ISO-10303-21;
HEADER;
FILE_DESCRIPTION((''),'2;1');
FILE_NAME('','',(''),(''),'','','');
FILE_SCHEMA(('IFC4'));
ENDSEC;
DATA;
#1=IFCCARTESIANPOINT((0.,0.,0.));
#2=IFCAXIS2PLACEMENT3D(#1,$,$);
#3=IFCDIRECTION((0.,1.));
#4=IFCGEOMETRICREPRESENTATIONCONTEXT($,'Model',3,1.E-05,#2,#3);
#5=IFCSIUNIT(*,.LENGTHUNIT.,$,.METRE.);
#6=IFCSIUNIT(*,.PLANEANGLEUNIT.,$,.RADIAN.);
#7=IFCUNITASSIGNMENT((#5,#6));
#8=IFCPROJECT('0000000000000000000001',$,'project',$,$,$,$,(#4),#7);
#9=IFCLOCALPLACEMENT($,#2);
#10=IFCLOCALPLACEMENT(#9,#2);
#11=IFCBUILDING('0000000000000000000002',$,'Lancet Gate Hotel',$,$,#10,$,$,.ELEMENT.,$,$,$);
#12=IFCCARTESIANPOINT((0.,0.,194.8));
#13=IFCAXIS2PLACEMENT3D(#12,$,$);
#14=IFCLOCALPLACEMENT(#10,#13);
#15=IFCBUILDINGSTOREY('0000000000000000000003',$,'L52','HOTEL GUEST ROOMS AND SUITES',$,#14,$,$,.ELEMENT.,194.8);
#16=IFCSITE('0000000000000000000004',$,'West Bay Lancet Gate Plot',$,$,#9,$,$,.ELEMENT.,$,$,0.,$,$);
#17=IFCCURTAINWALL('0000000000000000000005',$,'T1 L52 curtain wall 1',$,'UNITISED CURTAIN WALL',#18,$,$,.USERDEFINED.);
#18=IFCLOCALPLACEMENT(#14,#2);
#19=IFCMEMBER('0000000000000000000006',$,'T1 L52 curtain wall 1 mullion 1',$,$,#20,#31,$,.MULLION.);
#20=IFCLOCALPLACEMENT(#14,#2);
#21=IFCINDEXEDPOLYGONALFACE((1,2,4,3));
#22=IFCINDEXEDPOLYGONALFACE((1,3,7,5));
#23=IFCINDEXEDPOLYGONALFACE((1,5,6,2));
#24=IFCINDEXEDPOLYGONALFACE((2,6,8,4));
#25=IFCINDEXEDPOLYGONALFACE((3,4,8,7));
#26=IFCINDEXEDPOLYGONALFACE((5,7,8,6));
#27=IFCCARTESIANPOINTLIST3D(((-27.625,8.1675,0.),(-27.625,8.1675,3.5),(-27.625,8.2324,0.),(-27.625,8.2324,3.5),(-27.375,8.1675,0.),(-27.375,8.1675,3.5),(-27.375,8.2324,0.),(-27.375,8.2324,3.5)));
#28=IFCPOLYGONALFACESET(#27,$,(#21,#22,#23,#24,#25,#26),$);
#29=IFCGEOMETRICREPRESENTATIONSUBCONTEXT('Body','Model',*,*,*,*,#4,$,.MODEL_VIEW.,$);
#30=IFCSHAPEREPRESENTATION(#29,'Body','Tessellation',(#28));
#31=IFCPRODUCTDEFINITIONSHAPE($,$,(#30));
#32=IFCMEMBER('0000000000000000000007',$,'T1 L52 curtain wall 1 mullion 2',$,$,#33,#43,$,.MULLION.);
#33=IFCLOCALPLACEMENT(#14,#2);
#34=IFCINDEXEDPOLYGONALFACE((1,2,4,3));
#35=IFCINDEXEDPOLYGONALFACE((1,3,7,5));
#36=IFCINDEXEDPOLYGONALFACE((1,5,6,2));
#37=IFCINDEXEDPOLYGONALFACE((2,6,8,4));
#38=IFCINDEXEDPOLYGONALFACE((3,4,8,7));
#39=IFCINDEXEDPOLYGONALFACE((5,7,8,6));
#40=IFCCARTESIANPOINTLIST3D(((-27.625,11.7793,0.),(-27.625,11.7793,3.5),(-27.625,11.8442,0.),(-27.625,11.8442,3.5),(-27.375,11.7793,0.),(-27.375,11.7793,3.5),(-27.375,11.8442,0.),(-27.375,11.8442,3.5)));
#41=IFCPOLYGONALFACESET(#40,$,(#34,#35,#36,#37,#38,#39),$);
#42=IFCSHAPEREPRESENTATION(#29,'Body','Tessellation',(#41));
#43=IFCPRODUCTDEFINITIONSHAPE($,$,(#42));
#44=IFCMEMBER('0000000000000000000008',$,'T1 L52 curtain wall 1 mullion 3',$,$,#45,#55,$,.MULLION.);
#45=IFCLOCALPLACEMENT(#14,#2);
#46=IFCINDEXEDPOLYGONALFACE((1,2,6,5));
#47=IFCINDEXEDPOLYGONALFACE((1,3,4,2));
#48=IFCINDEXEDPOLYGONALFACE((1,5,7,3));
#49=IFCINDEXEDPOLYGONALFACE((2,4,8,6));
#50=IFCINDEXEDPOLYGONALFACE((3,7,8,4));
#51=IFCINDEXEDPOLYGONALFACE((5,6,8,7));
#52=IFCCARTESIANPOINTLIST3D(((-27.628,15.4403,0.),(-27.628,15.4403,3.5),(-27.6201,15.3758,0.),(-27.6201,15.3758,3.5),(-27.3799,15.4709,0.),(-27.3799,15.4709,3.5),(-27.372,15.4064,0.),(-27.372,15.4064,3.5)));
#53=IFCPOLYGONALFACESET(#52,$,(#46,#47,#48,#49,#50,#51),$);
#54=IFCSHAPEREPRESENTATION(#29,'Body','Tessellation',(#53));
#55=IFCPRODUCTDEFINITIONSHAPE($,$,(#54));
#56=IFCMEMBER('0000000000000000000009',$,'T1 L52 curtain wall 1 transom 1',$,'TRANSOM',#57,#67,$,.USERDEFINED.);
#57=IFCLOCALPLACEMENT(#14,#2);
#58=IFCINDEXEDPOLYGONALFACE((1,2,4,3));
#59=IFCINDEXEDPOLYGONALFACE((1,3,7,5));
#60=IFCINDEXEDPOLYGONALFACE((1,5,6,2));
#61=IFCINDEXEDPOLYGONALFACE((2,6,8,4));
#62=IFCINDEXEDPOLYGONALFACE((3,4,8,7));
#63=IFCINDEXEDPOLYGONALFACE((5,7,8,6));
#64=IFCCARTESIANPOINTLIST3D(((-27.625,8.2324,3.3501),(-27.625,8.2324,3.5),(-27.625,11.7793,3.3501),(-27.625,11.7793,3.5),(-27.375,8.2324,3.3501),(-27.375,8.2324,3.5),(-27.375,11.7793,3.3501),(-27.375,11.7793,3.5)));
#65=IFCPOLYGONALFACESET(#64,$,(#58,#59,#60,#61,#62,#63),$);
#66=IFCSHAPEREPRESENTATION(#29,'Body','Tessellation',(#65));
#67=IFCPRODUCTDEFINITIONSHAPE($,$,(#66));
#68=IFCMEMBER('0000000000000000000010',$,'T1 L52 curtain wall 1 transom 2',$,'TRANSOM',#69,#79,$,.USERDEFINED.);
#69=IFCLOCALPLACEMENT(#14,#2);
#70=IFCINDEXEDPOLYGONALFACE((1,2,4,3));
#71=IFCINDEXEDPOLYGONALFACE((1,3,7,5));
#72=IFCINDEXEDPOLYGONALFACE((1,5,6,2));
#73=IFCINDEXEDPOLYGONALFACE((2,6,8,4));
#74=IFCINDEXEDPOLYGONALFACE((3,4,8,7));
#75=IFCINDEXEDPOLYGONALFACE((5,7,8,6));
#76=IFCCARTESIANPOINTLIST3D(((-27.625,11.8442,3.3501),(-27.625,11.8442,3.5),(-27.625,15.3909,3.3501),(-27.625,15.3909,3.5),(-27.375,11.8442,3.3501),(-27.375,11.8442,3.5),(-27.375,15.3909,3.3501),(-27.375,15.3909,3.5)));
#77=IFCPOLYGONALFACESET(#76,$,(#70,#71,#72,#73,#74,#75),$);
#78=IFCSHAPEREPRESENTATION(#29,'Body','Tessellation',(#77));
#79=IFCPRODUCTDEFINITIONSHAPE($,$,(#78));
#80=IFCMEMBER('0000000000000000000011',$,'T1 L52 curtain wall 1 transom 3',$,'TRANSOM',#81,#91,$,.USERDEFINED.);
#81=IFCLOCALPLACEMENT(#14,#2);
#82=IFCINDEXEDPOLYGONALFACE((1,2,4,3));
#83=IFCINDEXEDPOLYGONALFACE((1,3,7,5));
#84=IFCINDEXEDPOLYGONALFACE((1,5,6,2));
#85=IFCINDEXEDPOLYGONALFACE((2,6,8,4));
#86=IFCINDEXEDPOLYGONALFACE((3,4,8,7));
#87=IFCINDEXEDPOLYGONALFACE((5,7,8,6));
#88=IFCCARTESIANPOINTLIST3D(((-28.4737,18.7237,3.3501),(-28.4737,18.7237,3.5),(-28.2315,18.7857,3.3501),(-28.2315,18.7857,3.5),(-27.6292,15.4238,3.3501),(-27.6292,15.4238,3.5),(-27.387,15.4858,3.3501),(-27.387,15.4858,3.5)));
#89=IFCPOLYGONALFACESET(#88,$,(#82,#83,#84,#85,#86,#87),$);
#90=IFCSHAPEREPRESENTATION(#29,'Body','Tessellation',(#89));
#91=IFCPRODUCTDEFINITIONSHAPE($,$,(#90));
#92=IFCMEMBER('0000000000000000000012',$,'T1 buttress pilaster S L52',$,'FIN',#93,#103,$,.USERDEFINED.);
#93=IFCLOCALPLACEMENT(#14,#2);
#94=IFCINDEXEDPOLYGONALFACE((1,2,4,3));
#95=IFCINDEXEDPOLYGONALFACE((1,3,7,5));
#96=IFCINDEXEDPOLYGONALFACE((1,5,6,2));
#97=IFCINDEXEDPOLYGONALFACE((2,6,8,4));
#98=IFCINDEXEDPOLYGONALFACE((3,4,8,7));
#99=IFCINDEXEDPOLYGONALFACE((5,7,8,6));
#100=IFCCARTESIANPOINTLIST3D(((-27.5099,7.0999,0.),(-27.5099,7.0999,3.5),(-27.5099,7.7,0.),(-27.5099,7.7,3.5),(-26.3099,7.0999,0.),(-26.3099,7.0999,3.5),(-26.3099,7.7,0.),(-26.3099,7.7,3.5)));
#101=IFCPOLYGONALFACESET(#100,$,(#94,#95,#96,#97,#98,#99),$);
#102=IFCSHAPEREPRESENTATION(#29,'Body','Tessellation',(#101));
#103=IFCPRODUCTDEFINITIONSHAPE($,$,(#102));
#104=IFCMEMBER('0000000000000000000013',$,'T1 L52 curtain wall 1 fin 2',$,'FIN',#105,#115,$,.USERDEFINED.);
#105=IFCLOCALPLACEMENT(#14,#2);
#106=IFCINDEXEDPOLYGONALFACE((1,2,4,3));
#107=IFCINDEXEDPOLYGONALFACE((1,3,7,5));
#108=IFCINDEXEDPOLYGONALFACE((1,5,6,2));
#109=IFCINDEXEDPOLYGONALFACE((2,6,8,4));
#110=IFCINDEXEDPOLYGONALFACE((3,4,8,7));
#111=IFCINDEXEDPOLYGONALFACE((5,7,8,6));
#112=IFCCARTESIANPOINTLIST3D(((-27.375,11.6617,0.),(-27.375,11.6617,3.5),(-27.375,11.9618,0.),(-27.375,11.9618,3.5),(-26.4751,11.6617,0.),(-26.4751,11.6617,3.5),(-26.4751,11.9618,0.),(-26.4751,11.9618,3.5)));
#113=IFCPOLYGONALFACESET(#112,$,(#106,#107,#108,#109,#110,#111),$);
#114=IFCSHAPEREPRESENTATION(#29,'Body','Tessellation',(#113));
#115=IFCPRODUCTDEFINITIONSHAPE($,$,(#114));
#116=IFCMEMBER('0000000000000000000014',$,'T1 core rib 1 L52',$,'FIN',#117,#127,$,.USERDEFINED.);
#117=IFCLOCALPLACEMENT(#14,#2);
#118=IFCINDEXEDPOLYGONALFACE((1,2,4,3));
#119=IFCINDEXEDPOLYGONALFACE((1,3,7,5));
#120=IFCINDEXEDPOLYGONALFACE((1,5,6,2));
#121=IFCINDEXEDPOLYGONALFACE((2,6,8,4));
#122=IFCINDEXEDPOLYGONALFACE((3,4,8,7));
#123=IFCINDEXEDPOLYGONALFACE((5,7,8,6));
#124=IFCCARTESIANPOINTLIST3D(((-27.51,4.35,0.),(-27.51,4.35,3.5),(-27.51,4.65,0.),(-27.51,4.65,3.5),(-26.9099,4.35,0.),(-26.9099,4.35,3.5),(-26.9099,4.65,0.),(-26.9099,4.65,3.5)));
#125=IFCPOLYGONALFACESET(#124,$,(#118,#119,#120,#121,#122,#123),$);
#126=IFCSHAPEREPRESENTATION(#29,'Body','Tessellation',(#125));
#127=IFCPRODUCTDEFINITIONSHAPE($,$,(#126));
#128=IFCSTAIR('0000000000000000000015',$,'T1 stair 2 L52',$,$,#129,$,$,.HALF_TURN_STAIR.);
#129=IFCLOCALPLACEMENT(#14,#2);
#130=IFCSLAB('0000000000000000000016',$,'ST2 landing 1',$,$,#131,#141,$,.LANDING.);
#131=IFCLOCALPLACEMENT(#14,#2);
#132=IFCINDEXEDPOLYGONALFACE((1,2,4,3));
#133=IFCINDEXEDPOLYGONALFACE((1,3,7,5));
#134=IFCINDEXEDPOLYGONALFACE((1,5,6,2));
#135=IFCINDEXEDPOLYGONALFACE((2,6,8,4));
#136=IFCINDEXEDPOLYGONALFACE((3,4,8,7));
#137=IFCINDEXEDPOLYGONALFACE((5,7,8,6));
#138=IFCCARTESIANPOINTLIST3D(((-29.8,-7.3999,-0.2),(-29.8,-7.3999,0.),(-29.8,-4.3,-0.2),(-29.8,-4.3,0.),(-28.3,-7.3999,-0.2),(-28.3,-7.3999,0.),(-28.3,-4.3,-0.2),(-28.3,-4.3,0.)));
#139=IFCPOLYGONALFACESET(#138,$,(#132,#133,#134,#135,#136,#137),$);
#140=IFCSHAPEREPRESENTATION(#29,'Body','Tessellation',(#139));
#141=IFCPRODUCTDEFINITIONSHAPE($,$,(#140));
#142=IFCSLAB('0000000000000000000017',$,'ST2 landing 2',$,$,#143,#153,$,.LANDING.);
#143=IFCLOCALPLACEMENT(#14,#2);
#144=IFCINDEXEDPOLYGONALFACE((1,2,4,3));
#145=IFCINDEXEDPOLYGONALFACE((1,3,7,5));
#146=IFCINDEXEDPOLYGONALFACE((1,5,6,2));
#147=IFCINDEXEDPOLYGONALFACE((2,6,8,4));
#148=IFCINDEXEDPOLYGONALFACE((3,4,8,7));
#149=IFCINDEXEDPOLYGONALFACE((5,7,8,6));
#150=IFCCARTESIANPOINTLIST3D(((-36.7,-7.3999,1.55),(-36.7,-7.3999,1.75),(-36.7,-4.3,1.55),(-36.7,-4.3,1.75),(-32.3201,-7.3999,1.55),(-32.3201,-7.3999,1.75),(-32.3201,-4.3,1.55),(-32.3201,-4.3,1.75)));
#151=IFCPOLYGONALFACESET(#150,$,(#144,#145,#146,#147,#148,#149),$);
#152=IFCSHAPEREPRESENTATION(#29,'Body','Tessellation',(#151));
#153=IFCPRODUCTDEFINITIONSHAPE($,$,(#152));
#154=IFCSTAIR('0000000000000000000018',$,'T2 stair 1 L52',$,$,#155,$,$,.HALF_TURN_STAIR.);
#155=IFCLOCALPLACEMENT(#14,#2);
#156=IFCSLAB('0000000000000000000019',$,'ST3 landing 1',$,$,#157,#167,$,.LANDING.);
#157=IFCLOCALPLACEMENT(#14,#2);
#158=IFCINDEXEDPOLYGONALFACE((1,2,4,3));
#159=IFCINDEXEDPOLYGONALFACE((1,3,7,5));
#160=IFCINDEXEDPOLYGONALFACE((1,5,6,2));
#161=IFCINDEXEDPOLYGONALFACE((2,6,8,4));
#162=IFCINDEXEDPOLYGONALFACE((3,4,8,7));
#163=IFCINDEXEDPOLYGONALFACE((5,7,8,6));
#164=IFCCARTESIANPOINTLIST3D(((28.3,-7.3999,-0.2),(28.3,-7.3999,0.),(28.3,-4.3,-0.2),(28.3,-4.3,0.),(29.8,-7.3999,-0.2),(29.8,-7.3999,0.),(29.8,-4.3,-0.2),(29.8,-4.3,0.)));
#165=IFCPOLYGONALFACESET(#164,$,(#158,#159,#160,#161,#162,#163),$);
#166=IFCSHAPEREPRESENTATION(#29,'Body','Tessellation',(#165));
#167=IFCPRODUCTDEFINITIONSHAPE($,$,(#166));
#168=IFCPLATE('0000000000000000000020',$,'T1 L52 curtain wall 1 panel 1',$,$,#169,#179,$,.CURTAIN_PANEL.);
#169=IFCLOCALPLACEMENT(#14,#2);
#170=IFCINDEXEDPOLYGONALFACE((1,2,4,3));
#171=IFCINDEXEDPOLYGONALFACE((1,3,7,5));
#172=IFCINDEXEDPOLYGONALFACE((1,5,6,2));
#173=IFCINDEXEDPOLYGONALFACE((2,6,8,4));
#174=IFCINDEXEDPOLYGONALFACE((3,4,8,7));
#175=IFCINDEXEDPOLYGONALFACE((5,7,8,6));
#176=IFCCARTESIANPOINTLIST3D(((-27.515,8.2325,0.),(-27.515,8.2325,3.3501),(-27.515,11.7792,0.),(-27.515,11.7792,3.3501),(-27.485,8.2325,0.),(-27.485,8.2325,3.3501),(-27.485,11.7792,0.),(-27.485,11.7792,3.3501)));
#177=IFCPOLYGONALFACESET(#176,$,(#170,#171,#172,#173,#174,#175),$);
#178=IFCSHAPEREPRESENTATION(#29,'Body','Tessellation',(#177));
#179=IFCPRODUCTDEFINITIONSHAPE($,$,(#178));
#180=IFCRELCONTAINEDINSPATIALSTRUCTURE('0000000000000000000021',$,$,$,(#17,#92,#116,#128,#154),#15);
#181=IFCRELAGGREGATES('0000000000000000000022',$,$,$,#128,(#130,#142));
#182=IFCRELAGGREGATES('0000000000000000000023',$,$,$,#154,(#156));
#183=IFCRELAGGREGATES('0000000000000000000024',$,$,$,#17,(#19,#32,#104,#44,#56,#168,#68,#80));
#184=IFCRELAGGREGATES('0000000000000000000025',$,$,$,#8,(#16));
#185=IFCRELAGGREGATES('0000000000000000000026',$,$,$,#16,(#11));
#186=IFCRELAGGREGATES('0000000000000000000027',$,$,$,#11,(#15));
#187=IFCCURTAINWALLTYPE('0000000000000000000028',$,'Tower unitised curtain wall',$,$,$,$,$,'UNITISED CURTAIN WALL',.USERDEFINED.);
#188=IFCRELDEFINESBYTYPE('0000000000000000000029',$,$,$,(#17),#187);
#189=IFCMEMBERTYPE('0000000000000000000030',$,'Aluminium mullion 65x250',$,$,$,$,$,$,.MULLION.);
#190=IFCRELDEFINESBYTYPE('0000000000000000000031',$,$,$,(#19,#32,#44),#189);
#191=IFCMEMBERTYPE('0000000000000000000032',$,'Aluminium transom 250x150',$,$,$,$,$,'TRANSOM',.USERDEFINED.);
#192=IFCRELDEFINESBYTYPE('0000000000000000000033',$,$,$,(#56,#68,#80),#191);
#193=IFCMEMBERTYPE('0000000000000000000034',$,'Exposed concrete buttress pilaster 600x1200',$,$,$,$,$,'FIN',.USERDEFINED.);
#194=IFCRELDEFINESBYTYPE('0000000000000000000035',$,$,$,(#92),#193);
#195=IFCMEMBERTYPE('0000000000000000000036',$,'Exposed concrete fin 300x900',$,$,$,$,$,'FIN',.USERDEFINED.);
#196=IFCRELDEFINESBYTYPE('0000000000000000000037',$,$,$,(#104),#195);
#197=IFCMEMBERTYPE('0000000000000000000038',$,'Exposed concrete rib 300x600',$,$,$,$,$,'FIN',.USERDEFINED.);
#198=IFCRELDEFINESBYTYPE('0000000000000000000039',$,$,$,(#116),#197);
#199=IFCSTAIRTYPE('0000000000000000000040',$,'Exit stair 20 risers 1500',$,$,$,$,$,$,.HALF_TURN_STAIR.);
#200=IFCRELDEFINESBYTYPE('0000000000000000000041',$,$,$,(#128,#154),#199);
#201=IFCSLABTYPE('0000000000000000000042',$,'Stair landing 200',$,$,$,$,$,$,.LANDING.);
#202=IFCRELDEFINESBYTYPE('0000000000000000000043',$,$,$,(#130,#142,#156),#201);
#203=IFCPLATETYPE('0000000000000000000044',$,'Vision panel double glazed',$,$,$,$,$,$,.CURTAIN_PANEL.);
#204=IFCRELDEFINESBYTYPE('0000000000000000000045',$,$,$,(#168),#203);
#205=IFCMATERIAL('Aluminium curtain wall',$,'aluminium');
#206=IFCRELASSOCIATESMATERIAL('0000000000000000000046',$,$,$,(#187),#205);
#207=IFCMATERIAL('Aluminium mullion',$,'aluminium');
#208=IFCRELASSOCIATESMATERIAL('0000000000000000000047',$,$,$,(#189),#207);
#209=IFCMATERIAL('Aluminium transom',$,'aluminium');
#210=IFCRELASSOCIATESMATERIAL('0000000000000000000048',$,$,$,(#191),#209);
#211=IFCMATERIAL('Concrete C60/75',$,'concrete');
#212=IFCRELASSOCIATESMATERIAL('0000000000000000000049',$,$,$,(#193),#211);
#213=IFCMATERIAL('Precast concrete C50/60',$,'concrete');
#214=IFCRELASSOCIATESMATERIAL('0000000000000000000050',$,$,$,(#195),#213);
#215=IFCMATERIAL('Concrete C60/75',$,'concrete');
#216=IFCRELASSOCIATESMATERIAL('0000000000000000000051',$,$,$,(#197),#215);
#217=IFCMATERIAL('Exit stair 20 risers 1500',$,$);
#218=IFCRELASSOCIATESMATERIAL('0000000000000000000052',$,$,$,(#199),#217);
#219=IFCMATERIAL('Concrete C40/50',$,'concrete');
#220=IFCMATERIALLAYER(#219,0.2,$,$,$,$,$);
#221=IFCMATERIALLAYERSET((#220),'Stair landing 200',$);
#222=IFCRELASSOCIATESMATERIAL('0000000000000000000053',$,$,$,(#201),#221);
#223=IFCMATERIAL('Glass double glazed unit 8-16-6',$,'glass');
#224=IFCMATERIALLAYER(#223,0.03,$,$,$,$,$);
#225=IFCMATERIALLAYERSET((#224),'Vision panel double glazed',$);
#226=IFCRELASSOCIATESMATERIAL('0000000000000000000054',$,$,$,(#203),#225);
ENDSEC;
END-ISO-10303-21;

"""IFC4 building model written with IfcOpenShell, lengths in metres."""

from ifc_helpers import new_model, si_unit, direction, frame, origin, origin_2d, place, context, subcontext, project, spatial, polyline, rectangle, outline, extrude, material, layer, layer_set, material_profile, profile_set, type_object, element, aggregate, save


model = new_model("IFC4")

# Units and contexts
model_context = context("Model", 3, precision=1e-05, world=origin(), true_north=direction((0.0, 1.0)))
body_context = subcontext(model_context, "Body", "Model", "MODEL_VIEW")
ifc_project = project(units=[si_unit("LENGTHUNIT", "METRE"), si_unit("PLANEANGLEUNIT", "RADIAN")], contexts=[model_context])

# Site, building, storey
site_placement = place(None, origin())
site = spatial("IfcSite", under=ifc_project, at=site_placement, Name="West Bay Lancet Gate Plot", CompositionType="ELEMENT", RefElevation=0.0)
building_placement = place(site_placement, origin())
building = spatial("IfcBuilding", under=site, at=building_placement, Name="Lancet Gate Hotel", CompositionType="ELEMENT")
storey_placement = place(building_placement, frame((0.0, 0.0, 194.8)))
storey = spatial("IfcBuildingStorey", under=building, at=storey_placement, Name="L52", Description="HOTEL GUEST ROOMS AND SUITES", CompositionType="ELEMENT", Elevation=194.8)

# Curtain wall, members
ifc_material_1 = material(Name="Aluminium curtain wall", Category="aluminium")
curtain_wall_type = type_object("IfcCurtainWallType", Name="Tower unitised curtain wall", ElementType="UNITISED CURTAIN WALL", PredefinedType="USERDEFINED", material=ifc_material_1)
curtain_wall_placement = place(storey_placement, origin())
curtain_wall = element("IfcCurtainWall", 1, at=curtain_wall_placement, inside=storey, type_object=curtain_wall_type, Name="T1 L52 curtain wall 1", ObjectType="UNITISED CURTAIN WALL", PredefinedType="USERDEFINED")
ifc_material_2 = material(Name="Aluminium mullion", Category="aluminium")
ifc_material_profile_1 = material_profile(ifc_material_2, rectangle(XDim=0.0649, YDim=0.25, at=origin_2d()), Name="MULLION 65x250")
ifc_profile_set_1 = profile_set([ifc_material_profile_1], Name="Aluminium mullion")
member_type_1 = type_object("IfcMemberType", Name="Aluminium mullion 65x250", PredefinedType="MULLION", material=ifc_profile_set_1)
member_1_placement = place(storey_placement, frame((-27.5, 8.2, 0.0), z_axis=(0.0, 0.0, 1.0), x_axis=(0.0, 1.0, 0.0)))
member_1 = element("IfcMember", 2, at=member_1_placement, type_object=member_type_1, Name="T1 L52 curtain wall 1 mullion 1", PredefinedType="MULLION", context=body_context, shape_type="SweptSolid", body=[
    extrude(rectangle(XDim=0.0649, YDim=0.25, at=origin_2d()), origin(), (0.0, 0.0, 1.0), 3.5),
])
member_2_placement = place(storey_placement, frame((-27.5, 11.8118, 0.0), z_axis=(0.0, 0.0, 1.0), x_axis=(0.0, 1.0, 0.0)))
member_2 = element("IfcMember", 3, at=member_2_placement, type_object=member_type_1, Name="T1 L52 curtain wall 1 mullion 2", PredefinedType="MULLION", context=body_context, shape_type="SweptSolid", body=[
    extrude(rectangle(XDim=0.0649, YDim=0.25, at=origin_2d()), origin(), (0.0, 0.0, 1.0), 3.5),
])
member_3_placement = place(storey_placement, frame((-27.5, 15.4233, 0.0), z_axis=(0.0, 0.0, 1.0), x_axis=(-0.122467, 0.992473, 0.0)))
member_3 = element("IfcMember", 4, at=member_3_placement, type_object=member_type_1, Name="T1 L52 curtain wall 1 mullion 3", PredefinedType="MULLION", context=body_context, shape_type="SweptSolid", body=[
    extrude(rectangle(XDim=0.0649, YDim=0.25, at=origin_2d()), origin(), (0.0, 0.0, 1.0), 3.5),
])
ifc_material_3 = material(Name="Aluminium transom", Category="aluminium")
ifc_material_profile_2 = material_profile(ifc_material_3, rectangle(XDim=0.25, YDim=0.1499, at=origin_2d()), Name="TRANSOM 250x150")
ifc_profile_set_2 = profile_set([ifc_material_profile_2], Name="Aluminium transom")
member_type_2 = type_object("IfcMemberType", Name="Aluminium transom 250x150", ElementType="TRANSOM", PredefinedType="USERDEFINED", material=ifc_profile_set_2)
member_4_placement = place(storey_placement, frame((-27.5, 8.2324, 3.425), z_axis=(0.0, 1.0, 0.0), x_axis=(-1.0, 0.0, 0.0)))
member_4 = element("IfcMember", 5, at=member_4_placement, type_object=member_type_2, Name="T1 L52 curtain wall 1 transom 1", ObjectType="TRANSOM", PredefinedType="USERDEFINED", context=body_context, shape_type="SweptSolid", body=[
    extrude(rectangle(XDim=0.25, YDim=0.1499, at=origin_2d()), origin(), (0.0, 0.0, 1.0), 3.5469),
])
member_5_placement = place(storey_placement, frame((-27.5, 11.8442, 3.425), z_axis=(0.0, 1.0, 0.0), x_axis=(-1.0, 0.0, 0.0)))
member_5 = element("IfcMember", 6, at=member_5_placement, type_object=member_type_2, Name="T1 L52 curtain wall 1 transom 2", ObjectType="TRANSOM", PredefinedType="USERDEFINED", context=body_context, shape_type="SweptSolid", body=[
    extrude(rectangle(XDim=0.25, YDim=0.1499, at=origin_2d()), origin(), (0.0, 0.0, 1.0), 3.5466),
])
member_6_placement = place(storey_placement, frame((-27.5081, 15.4548, 3.425), z_axis=(-0.247929, 0.968778, 0.0), x_axis=(-0.968778, -0.247929, 0.0)))
member_6 = element("IfcMember", 7, at=member_6_placement, type_object=member_type_2, Name="T1 L52 curtain wall 1 transom 3", ObjectType="TRANSOM", PredefinedType="USERDEFINED", context=body_context, shape_type="SweptSolid", body=[
    extrude(rectangle(XDim=0.25, YDim=0.1499, at=origin_2d()), origin(), (0.0, 0.0, 1.0), 3.4062),
])

# Members
ifc_material_4 = material(Name="Concrete C60/75", Category="concrete")
ifc_material_profile_3 = material_profile(ifc_material_4, rectangle(XDim=0.6001, YDim=1.2, at=origin_2d()), Name="FIN 600x1200")
ifc_profile_set_3 = profile_set([ifc_material_profile_3], Name="Concrete C60/75")
member_type_3 = type_object("IfcMemberType", Name="Exposed concrete buttress pilaster 600x1200", ElementType="FIN", PredefinedType="USERDEFINED", material=ifc_profile_set_3)
member_7_placement = place(storey_placement, frame((-26.9099, 7.3999, 0.0), z_axis=(0.0, 0.0, 1.0), x_axis=(0.0, 1.0, 0.0)))
element("IfcMember", 8, at=member_7_placement, inside=storey, type_object=member_type_3, Name="T1 buttress pilaster S L52", ObjectType="FIN", PredefinedType="USERDEFINED", context=body_context, shape_type="SweptSolid", body=[
    extrude(rectangle(XDim=0.6001, YDim=1.2, at=origin_2d()), origin(), (0.0, 0.0, 1.0), 3.5),
])
ifc_material_5 = material(Name="Precast concrete C50/60", Category="concrete")
ifc_material_profile_4 = material_profile(ifc_material_5, rectangle(XDim=0.3, YDim=0.8999, at=origin_2d()), Name="FIN 300x900")
ifc_profile_set_4 = profile_set([ifc_material_profile_4], Name="Precast concrete C50/60")
member_type_4 = type_object("IfcMemberType", Name="Exposed concrete fin 300x900", ElementType="FIN", PredefinedType="USERDEFINED", material=ifc_profile_set_4)
member_8_placement = place(storey_placement, frame((-26.925, 11.8118, 0.0), z_axis=(0.0, 0.0, 1.0), x_axis=(0.0, 1.0, 0.0)))
member_8 = element("IfcMember", 9, at=member_8_placement, type_object=member_type_4, Name="T1 L52 curtain wall 1 fin 2", ObjectType="FIN", PredefinedType="USERDEFINED", context=body_context, shape_type="SweptSolid", body=[
    extrude(rectangle(XDim=0.3, YDim=0.8999, at=origin_2d()), origin(), (0.0, 0.0, 1.0), 3.5),
])
ifc_material_6 = material(Name="Concrete C60/75", Category="concrete")
ifc_material_profile_5 = material_profile(ifc_material_6, rectangle(XDim=0.3, YDim=0.6001, at=origin_2d()), Name="FIN 300x600")
ifc_profile_set_5 = profile_set([ifc_material_profile_5], Name="Concrete C60/75")
member_type_5 = type_object("IfcMemberType", Name="Exposed concrete rib 300x600", ElementType="FIN", PredefinedType="USERDEFINED", material=ifc_profile_set_5)
member_9_placement = place(storey_placement, frame((-27.21, 4.5, 0.0), z_axis=(0.0, 0.0, 1.0), x_axis=(0.0, 1.0, 0.0)))
element("IfcMember", 10, at=member_9_placement, inside=storey, type_object=member_type_5, Name="T1 core rib 1 L52", ObjectType="FIN", PredefinedType="USERDEFINED", context=body_context, shape_type="SweptSolid", body=[
    extrude(rectangle(XDim=0.3, YDim=0.6001, at=origin_2d()), origin(), (0.0, 0.0, 1.0), 3.5),
])

# Stair, slabs
ifc_material_7 = material(Name="Exit stair 20 risers 1500")
stair_type = type_object("IfcStairType", Name="Exit stair 20 risers 1500", PredefinedType="HALF_TURN_STAIR", material=ifc_material_7)
stair_1_placement = place(storey_placement, origin())
stair_1 = element("IfcStair", 11, at=stair_1_placement, inside=storey, type_object=stair_type, Name="T1 stair 2 L52", PredefinedType="HALF_TURN_STAIR")
ifc_material_8 = material(Name="Concrete C40/50", Category="concrete")
ifc_layer_1 = layer(ifc_material_8, 0.2)
ifc_layer_set_1 = layer_set([ifc_layer_1], Name="Stair landing 200")
slab_type = type_object("IfcSlabType", Name="Stair landing 200", PredefinedType="LANDING", material=ifc_layer_set_1)
slab_1_placement = place(storey_placement, frame((0.0, 0.0, -0.2)))
slab_1 = element("IfcSlab", 12, at=slab_1_placement, type_object=slab_type, Name="ST2 landing 1", PredefinedType="LANDING", context=body_context, shape_type="SweptSolid", body=[
    extrude(outline(polyline([(-28.3, -4.3), (-29.8, -4.3), (-29.8, -7.3999), (-28.3, -7.3999), (-28.3, -4.3)])), origin(), (0.0, 0.0, 1.0), 0.2),
])
slab_2_placement = place(storey_placement, frame((0.0, 0.0, 1.55)))
slab_2 = element("IfcSlab", 13, at=slab_2_placement, type_object=slab_type, Name="ST2 landing 2", PredefinedType="LANDING", context=body_context, shape_type="SweptSolid", body=[
    extrude(outline(polyline([(-32.3201, -4.3), (-36.7, -4.3), (-36.7, -7.3999), (-32.3201, -7.3999), (-32.3201, -4.3)])), origin(), (0.0, 0.0, 1.0), 0.2),
])
aggregate(stair_1, [slab_1, slab_2])

# Stair, slab
stair_2_placement = place(storey_placement, origin())
stair_2 = element("IfcStair", 14, at=stair_2_placement, inside=storey, type_object=stair_type, Name="T2 stair 1 L52", PredefinedType="HALF_TURN_STAIR")
slab_3_placement = place(storey_placement, frame((0.0, 0.0, -0.2)))
slab_3 = element("IfcSlab", 15, at=slab_3_placement, type_object=slab_type, Name="ST3 landing 1", PredefinedType="LANDING", context=body_context, shape_type="SweptSolid", body=[
    extrude(outline(polyline([(28.3, -7.3999), (29.8, -7.3999), (29.8, -4.3), (28.3, -4.3), (28.3, -7.3999)])), origin(), (0.0, 0.0, 1.0), 0.2),
])
aggregate(stair_2, [slab_3])

# Plate
ifc_material_9 = material(Name="Glass double glazed unit 8-16-6", Category="glass")
ifc_layer_2 = layer(ifc_material_9, 0.03)
ifc_layer_set_2 = layer_set([ifc_layer_2], Name="Vision panel double glazed")
plate_type = type_object("IfcPlateType", Name="Vision panel double glazed", PredefinedType="CURTAIN_PANEL", material=ifc_layer_set_2)
plate_1_placement = place(storey_placement, frame((-27.5, 10.0059, 0.0), z_axis=(0.0, 0.0, 1.0), x_axis=(0.0, 1.0, 0.0)))
plate_1 = element("IfcPlate", 16, at=plate_1_placement, type_object=plate_type, Name="T1 L52 curtain wall 1 panel 1", PredefinedType="CURTAIN_PANEL", context=body_context, shape_type="SweptSolid", body=[
    extrude(rectangle(XDim=3.5466, YDim=0.03, at=origin_2d()), origin(), (0.0, 0.0, 1.0), 3.3501),
])
aggregate(curtain_wall, [member_1, member_2, member_8, member_3, member_4, plate_1, member_5, member_6])

save(model, "model.ifc")
